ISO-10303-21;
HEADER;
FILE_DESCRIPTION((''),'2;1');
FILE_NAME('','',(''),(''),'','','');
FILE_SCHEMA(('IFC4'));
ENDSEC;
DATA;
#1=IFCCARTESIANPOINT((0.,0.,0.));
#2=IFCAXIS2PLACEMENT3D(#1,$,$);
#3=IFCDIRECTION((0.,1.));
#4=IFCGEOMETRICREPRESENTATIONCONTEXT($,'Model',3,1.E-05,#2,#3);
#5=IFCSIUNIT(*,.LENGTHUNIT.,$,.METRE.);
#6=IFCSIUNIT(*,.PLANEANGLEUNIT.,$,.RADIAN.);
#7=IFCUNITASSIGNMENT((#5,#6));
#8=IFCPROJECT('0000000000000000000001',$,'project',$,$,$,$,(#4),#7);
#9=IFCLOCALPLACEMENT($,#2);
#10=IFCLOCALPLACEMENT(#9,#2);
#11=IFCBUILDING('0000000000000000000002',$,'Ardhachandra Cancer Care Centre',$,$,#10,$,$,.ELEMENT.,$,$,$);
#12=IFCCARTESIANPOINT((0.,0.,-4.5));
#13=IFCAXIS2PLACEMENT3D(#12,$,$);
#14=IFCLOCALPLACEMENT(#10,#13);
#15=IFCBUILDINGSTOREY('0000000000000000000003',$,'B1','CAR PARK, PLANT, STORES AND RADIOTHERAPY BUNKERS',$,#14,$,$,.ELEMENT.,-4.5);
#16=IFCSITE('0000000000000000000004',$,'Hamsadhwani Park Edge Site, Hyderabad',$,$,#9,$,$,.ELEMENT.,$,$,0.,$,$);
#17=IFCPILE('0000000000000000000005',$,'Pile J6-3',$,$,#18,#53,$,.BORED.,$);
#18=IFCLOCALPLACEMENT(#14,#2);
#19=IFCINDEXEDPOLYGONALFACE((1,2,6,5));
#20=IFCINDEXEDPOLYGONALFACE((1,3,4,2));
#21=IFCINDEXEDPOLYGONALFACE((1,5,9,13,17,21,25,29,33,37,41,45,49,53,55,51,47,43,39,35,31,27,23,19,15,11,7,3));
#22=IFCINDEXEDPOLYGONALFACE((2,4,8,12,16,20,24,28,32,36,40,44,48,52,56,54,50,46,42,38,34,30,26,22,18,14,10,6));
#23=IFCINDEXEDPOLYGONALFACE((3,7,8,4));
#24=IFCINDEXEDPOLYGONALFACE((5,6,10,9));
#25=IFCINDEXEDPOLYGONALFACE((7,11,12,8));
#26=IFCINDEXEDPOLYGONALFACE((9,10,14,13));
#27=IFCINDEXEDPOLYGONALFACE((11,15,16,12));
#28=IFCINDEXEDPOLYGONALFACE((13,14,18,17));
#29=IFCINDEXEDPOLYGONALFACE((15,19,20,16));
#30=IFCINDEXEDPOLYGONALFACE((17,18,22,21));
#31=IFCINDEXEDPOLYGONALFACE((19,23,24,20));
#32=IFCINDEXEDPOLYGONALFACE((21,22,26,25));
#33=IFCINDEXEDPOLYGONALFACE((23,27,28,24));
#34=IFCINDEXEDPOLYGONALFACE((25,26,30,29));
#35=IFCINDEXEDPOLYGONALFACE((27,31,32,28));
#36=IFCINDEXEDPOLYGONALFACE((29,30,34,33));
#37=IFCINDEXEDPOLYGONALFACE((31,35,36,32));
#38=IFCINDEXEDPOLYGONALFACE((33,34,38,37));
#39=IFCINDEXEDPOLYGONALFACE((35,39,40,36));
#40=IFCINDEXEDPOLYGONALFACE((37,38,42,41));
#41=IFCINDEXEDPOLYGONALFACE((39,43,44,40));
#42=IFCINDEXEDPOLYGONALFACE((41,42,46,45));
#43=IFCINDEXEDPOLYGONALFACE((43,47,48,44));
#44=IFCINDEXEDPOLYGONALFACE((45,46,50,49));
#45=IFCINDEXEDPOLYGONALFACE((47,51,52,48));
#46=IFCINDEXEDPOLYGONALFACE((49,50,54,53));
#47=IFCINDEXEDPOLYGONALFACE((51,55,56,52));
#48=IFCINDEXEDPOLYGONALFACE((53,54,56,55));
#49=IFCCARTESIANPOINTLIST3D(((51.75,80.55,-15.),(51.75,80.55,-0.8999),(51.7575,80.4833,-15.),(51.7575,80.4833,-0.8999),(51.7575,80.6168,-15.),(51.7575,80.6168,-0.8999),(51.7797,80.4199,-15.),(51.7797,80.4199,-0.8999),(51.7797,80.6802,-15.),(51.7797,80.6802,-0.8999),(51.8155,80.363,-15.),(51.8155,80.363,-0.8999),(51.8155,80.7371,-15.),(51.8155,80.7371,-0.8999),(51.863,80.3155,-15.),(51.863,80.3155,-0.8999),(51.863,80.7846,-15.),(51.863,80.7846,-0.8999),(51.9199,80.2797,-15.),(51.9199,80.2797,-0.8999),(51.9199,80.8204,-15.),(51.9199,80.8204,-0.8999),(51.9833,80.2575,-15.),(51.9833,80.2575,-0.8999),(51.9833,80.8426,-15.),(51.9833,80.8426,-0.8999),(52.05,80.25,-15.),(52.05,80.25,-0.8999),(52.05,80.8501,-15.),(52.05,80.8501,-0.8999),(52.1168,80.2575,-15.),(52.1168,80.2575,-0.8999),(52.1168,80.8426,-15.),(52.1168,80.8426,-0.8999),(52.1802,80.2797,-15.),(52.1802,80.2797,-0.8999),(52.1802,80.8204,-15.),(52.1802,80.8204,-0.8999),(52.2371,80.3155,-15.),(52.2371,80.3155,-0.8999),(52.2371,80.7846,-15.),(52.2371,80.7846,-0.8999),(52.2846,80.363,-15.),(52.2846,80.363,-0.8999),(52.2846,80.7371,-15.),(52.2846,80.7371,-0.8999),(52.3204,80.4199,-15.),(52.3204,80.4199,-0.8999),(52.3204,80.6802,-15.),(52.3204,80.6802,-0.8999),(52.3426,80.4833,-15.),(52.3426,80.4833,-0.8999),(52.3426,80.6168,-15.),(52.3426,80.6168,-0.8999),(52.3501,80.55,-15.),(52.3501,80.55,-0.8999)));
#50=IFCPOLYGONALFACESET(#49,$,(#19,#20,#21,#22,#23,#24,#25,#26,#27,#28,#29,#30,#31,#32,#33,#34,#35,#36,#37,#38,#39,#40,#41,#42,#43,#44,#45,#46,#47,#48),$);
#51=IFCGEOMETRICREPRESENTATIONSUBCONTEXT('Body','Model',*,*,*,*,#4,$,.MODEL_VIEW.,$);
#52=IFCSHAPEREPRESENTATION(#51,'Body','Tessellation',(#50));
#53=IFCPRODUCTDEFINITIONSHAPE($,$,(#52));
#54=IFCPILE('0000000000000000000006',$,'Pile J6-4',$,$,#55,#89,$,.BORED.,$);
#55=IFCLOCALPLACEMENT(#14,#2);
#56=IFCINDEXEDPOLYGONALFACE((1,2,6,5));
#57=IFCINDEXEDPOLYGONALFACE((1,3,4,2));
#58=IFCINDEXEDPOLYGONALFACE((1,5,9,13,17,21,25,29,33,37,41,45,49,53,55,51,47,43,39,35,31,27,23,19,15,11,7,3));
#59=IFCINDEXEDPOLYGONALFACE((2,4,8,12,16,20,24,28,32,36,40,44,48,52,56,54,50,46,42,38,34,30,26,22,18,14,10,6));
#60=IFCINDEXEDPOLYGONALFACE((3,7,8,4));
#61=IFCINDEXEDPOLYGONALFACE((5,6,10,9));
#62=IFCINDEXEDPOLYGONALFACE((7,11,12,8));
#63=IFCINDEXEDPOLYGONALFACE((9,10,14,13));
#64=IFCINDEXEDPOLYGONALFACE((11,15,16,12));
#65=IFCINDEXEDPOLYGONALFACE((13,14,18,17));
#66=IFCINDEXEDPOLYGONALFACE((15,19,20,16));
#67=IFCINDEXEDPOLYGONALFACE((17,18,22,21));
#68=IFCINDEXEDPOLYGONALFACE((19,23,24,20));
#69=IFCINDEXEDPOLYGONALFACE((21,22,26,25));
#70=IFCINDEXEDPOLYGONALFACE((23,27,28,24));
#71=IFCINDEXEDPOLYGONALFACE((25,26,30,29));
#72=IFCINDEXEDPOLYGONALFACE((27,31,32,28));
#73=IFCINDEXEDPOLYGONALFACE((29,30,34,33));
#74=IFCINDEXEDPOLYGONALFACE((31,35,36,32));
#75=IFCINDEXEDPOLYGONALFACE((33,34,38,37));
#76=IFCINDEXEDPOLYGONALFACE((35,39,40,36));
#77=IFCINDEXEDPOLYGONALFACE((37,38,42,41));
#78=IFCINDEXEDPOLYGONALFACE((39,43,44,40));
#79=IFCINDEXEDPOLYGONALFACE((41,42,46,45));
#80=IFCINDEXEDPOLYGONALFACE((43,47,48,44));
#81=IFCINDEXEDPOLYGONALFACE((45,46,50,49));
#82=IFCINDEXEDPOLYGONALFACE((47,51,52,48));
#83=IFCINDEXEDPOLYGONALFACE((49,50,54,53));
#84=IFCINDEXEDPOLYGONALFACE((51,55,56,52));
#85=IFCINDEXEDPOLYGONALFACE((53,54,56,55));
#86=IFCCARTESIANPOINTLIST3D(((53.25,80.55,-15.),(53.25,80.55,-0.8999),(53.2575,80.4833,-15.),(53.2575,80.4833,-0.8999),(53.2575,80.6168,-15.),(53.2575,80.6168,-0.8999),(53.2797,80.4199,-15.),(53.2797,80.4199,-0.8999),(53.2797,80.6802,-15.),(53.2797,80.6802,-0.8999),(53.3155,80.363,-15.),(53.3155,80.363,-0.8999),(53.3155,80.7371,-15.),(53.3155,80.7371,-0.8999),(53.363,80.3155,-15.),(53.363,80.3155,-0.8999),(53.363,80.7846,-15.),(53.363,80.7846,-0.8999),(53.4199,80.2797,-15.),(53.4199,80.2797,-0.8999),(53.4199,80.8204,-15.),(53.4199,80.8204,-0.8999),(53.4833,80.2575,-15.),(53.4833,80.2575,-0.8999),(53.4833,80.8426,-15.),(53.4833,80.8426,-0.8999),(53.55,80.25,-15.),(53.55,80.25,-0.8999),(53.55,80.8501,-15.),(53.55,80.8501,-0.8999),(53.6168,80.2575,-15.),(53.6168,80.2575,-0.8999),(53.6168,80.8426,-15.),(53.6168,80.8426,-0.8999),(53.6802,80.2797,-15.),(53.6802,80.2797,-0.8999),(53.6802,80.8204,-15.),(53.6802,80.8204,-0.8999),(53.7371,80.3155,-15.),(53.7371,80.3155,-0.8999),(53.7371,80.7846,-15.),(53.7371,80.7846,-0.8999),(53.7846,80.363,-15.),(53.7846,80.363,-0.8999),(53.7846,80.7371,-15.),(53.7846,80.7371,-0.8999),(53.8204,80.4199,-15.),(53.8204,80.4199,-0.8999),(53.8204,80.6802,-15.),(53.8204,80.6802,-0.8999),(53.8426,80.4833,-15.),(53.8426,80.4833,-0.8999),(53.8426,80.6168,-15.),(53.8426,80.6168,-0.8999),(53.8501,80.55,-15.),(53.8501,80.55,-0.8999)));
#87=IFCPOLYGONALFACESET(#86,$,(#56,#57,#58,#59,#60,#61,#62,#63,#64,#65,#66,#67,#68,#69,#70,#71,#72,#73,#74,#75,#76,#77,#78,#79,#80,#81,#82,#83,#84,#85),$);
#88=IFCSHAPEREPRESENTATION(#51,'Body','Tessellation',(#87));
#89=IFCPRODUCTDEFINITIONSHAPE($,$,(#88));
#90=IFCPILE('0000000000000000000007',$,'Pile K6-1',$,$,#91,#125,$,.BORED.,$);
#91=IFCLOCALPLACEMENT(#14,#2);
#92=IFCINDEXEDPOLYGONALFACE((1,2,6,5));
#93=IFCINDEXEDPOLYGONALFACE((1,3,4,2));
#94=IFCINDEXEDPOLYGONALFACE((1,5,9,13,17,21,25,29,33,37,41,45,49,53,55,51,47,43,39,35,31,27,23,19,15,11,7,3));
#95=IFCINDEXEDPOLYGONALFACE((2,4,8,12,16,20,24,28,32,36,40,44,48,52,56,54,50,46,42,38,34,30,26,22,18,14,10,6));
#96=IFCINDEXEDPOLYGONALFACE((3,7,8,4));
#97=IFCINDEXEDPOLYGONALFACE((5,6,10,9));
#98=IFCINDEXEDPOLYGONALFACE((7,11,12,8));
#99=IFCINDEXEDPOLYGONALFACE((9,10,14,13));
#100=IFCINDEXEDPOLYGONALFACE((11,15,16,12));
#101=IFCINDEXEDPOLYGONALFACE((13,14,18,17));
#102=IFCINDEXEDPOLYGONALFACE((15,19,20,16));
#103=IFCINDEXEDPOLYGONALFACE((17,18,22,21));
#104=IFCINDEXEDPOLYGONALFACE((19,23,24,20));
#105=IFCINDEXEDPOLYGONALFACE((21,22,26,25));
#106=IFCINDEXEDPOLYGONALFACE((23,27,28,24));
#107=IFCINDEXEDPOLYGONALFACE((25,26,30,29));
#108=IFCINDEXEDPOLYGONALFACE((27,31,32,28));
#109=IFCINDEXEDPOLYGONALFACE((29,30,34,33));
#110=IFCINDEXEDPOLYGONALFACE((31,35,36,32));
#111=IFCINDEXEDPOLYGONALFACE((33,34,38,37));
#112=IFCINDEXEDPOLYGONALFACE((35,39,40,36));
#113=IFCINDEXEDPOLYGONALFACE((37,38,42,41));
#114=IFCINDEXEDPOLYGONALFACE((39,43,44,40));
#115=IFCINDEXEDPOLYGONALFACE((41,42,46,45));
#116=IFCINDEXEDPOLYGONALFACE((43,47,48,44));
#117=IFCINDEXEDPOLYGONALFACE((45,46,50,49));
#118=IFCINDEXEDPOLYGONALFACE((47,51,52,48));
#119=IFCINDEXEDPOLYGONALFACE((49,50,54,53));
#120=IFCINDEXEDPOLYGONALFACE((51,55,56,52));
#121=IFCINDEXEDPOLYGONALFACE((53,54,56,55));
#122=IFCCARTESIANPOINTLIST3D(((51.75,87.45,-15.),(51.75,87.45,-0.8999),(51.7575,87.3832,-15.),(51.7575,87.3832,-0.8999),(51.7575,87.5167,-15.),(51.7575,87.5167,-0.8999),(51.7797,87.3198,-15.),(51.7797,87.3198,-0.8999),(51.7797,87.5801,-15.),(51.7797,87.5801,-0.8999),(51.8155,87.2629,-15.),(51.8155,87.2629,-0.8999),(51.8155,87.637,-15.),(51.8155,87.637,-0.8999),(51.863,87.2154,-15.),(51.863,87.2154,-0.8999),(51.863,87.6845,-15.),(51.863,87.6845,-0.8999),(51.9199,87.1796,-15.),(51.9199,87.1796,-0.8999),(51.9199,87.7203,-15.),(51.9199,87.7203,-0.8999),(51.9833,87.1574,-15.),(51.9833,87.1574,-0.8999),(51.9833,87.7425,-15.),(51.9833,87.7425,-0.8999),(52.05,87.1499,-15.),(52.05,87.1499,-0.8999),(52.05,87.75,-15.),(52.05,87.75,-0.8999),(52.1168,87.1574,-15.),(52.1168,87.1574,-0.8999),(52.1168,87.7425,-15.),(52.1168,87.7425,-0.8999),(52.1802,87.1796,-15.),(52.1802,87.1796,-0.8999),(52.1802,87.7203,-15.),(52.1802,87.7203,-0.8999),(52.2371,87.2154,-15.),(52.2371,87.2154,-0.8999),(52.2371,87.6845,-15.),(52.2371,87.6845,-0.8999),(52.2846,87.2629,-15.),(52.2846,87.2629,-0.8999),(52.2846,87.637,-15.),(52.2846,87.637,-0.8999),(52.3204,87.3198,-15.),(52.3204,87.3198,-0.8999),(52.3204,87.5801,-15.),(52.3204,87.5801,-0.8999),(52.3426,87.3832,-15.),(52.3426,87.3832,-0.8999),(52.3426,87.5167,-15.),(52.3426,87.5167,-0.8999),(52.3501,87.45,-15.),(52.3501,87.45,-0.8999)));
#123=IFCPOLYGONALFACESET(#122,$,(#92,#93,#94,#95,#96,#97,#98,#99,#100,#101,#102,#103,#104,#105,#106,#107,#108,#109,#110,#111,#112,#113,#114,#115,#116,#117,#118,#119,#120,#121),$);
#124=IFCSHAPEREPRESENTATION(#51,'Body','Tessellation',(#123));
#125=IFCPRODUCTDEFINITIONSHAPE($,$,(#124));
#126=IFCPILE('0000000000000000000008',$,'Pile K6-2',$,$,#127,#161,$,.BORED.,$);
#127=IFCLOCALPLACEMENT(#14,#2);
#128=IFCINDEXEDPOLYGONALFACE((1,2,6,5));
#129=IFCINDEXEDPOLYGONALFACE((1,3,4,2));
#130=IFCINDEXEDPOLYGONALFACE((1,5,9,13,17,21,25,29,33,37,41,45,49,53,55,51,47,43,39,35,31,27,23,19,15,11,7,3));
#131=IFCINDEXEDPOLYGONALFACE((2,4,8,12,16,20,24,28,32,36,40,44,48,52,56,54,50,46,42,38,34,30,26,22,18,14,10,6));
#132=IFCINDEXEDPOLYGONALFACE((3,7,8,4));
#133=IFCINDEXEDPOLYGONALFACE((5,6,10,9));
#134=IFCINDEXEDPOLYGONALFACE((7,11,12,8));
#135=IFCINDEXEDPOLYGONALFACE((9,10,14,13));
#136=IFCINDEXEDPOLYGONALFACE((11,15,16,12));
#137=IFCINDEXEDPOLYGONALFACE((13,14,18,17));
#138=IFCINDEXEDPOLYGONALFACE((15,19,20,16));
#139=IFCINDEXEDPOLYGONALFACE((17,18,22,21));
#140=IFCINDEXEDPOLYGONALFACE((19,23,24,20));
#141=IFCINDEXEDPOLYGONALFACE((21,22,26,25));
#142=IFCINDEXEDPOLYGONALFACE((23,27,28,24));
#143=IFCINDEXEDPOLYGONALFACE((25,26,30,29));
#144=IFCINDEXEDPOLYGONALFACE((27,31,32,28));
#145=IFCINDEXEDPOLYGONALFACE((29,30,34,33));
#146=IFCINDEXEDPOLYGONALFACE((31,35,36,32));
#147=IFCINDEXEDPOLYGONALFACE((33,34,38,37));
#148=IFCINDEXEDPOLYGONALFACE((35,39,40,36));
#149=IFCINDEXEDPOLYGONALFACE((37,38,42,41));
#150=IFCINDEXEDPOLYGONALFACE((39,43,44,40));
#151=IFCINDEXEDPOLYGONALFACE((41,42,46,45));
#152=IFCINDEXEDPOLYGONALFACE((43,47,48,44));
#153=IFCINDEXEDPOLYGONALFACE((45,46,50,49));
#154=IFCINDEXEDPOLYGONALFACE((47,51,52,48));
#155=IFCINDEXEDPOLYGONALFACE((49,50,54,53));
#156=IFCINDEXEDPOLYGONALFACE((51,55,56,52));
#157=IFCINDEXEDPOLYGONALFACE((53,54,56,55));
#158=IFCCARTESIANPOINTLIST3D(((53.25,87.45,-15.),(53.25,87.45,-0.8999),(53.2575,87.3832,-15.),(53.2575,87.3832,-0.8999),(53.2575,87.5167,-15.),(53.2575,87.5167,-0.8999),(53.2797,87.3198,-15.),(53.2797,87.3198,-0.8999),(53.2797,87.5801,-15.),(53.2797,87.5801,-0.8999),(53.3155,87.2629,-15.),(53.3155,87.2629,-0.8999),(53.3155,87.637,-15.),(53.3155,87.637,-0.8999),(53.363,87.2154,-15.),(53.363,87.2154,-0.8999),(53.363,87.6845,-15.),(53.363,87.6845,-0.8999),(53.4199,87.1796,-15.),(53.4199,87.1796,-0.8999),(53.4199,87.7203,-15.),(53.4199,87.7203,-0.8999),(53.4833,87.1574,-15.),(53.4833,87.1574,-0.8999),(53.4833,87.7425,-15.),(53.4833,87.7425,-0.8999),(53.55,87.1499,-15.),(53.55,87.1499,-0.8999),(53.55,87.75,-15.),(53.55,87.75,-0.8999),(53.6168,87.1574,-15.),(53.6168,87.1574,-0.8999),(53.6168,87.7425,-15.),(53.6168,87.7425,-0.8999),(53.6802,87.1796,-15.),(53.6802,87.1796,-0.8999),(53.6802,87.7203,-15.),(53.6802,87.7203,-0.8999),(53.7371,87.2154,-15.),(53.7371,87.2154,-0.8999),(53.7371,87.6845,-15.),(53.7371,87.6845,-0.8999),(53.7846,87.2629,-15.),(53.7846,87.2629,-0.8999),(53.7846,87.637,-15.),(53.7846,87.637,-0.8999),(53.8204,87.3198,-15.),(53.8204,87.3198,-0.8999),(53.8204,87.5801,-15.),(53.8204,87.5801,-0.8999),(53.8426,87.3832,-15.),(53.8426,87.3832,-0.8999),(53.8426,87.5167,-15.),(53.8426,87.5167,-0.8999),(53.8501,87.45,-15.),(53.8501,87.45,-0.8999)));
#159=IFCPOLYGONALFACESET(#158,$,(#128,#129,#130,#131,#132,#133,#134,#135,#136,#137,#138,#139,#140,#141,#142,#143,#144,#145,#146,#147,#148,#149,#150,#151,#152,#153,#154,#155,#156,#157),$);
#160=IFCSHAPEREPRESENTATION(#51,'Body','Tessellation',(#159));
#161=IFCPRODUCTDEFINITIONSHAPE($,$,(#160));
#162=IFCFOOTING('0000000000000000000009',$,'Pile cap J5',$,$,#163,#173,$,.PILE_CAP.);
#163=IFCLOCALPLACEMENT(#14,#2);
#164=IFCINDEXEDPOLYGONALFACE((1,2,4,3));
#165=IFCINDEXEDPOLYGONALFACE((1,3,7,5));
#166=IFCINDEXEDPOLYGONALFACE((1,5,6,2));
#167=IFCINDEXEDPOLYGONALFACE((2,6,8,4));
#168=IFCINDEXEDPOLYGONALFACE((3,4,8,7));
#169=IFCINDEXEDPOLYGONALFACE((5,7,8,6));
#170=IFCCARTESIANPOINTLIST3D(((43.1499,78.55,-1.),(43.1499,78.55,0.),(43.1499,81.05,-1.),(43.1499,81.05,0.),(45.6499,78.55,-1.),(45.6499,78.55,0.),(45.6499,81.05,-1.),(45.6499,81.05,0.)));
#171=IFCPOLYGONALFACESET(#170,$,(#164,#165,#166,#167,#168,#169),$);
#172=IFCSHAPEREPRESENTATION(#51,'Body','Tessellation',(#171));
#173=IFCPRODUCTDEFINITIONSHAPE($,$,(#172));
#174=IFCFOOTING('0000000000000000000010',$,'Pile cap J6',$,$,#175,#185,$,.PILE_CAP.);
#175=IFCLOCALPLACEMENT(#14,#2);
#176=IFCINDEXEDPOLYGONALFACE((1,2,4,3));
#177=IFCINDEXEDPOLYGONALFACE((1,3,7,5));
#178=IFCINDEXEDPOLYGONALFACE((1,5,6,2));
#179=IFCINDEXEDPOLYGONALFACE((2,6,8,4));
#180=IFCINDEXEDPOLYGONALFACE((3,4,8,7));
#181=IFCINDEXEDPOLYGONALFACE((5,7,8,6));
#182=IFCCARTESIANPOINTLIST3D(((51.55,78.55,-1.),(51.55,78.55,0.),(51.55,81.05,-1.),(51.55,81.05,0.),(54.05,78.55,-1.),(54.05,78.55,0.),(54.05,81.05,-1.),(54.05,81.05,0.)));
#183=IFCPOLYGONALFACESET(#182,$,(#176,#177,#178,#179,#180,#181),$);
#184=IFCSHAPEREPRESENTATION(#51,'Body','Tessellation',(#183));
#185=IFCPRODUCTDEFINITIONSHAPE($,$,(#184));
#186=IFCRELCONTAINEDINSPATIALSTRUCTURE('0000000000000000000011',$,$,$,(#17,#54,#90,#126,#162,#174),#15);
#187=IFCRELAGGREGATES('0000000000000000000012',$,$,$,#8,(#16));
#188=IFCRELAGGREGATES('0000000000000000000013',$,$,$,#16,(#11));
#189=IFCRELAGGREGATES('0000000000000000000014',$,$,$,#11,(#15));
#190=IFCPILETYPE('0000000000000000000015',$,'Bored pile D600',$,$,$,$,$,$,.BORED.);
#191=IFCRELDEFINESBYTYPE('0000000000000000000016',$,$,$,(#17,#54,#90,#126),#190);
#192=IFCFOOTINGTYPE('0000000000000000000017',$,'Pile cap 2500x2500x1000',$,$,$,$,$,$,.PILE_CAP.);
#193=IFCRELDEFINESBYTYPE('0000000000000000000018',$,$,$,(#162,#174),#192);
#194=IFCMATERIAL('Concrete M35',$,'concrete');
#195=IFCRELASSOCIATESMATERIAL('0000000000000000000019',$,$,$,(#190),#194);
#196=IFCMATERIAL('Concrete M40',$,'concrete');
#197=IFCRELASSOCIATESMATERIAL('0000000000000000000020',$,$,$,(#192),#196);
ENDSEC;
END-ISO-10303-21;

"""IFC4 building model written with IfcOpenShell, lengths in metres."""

from ifc_helpers import new_model, si_unit, direction, frame, origin, origin_2d, place, context, subcontext, project, spatial, rectangle, circle, extrude, material, material_profile, profile_set, type_object, element, save


model = new_model("IFC4")

# Units and contexts
model_context = context("Model", 3, precision=1e-05, world=origin(), true_north=direction((0.0, 1.0)))
body_context = subcontext(model_context, "Body", "Model", "MODEL_VIEW")
ifc_project = project(units=[si_unit("LENGTHUNIT", "METRE"), si_unit("PLANEANGLEUNIT", "RADIAN")], contexts=[model_context])

# Site, building, storey
site_placement = place(None, origin())
site = spatial("IfcSite", under=ifc_project, at=site_placement, Name="Hamsadhwani Park Edge Site, Hyderabad", CompositionType="ELEMENT", RefElevation=0.0)
building_placement = place(site_placement, origin())
building = spatial("IfcBuilding", under=site, at=building_placement, Name="Ardhachandra Cancer Care Centre", CompositionType="ELEMENT")
storey_placement = place(building_placement, frame((0.0, 0.0, -4.5)))
storey = spatial("IfcBuildingStorey", under=building, at=storey_placement, Name="B1", Description="CAR PARK, PLANT, STORES AND RADIOTHERAPY BUNKERS", CompositionType="ELEMENT", Elevation=-4.5)

# Piles
ifc_material_1 = material(Name="Concrete M35", Category="concrete")
ifc_material_profile_1 = material_profile(ifc_material_1, circle(Radius=0.3, at=origin_2d()), Name="D600")
ifc_profile_set_1 = profile_set([ifc_material_profile_1], Name="Concrete M35")
pile_type = type_object("IfcPileType", Name="Bored pile D600", PredefinedType="BORED", material=ifc_profile_set_1)
for number, where, z_axis, x_axis, name in (
    (1, (52.05, 80.55, -0.8999), (0.0, 0.0, -1.0), (1.0, 0.0, 0.0), "Pile J6-3"),
    (2, (53.55, 80.55, -0.8999), (0.0, 0.0, -1.0), (1.0, 0.0, 0.0), "Pile J6-4"),
    (3, (52.05, 87.45, -0.8999), (0.0, 0.0, -1.0), (1.0, 0.0, 0.0), "Pile K6-1"),
    (4, (53.55, 87.45, -0.8999), (0.0, 0.0, -1.0), (1.0, 0.0, 0.0), "Pile K6-2"),
):
    element("IfcPile", number, at=place(storey_placement, frame(where, z_axis=z_axis, x_axis=x_axis)), inside=storey, type_object=pile_type, Name=name, PredefinedType="BORED", context=body_context, shape_type="SweptSolid", body=[
        extrude(circle(Radius=0.3, at=origin_2d()), origin(), (0.0, 0.0, 1.0), 14.1001),
    ])

# Footings
ifc_material_2 = material(Name="Concrete M40", Category="concrete")
footing_type = type_object("IfcFootingType", Name="Pile cap 2500x2500x1000", PredefinedType="PILE_CAP", material=ifc_material_2)
for number, where, z_axis, x_axis, name in (
    (5, (44.3999, 79.8, -1.0), (0.0, 0.0, 1.0), (1.0, 0.0, 0.0), "Pile cap J5"),
    (6, (52.8, 79.8, -1.0), (0.0, 0.0, 1.0), (1.0, 0.0, 0.0), "Pile cap J6"),
):
    element("IfcFooting", number, at=place(storey_placement, frame(where, z_axis=z_axis, x_axis=x_axis)), inside=storey, type_object=footing_type, Name=name, PredefinedType="PILE_CAP", context=body_context, shape_type="SweptSolid", body=[
        extrude(rectangle(XDim=2.5, YDim=2.5, at=origin_2d()), origin(), (0.0, 0.0, 1.0), 1.0),
    ])

save(model, "model.ifc")
